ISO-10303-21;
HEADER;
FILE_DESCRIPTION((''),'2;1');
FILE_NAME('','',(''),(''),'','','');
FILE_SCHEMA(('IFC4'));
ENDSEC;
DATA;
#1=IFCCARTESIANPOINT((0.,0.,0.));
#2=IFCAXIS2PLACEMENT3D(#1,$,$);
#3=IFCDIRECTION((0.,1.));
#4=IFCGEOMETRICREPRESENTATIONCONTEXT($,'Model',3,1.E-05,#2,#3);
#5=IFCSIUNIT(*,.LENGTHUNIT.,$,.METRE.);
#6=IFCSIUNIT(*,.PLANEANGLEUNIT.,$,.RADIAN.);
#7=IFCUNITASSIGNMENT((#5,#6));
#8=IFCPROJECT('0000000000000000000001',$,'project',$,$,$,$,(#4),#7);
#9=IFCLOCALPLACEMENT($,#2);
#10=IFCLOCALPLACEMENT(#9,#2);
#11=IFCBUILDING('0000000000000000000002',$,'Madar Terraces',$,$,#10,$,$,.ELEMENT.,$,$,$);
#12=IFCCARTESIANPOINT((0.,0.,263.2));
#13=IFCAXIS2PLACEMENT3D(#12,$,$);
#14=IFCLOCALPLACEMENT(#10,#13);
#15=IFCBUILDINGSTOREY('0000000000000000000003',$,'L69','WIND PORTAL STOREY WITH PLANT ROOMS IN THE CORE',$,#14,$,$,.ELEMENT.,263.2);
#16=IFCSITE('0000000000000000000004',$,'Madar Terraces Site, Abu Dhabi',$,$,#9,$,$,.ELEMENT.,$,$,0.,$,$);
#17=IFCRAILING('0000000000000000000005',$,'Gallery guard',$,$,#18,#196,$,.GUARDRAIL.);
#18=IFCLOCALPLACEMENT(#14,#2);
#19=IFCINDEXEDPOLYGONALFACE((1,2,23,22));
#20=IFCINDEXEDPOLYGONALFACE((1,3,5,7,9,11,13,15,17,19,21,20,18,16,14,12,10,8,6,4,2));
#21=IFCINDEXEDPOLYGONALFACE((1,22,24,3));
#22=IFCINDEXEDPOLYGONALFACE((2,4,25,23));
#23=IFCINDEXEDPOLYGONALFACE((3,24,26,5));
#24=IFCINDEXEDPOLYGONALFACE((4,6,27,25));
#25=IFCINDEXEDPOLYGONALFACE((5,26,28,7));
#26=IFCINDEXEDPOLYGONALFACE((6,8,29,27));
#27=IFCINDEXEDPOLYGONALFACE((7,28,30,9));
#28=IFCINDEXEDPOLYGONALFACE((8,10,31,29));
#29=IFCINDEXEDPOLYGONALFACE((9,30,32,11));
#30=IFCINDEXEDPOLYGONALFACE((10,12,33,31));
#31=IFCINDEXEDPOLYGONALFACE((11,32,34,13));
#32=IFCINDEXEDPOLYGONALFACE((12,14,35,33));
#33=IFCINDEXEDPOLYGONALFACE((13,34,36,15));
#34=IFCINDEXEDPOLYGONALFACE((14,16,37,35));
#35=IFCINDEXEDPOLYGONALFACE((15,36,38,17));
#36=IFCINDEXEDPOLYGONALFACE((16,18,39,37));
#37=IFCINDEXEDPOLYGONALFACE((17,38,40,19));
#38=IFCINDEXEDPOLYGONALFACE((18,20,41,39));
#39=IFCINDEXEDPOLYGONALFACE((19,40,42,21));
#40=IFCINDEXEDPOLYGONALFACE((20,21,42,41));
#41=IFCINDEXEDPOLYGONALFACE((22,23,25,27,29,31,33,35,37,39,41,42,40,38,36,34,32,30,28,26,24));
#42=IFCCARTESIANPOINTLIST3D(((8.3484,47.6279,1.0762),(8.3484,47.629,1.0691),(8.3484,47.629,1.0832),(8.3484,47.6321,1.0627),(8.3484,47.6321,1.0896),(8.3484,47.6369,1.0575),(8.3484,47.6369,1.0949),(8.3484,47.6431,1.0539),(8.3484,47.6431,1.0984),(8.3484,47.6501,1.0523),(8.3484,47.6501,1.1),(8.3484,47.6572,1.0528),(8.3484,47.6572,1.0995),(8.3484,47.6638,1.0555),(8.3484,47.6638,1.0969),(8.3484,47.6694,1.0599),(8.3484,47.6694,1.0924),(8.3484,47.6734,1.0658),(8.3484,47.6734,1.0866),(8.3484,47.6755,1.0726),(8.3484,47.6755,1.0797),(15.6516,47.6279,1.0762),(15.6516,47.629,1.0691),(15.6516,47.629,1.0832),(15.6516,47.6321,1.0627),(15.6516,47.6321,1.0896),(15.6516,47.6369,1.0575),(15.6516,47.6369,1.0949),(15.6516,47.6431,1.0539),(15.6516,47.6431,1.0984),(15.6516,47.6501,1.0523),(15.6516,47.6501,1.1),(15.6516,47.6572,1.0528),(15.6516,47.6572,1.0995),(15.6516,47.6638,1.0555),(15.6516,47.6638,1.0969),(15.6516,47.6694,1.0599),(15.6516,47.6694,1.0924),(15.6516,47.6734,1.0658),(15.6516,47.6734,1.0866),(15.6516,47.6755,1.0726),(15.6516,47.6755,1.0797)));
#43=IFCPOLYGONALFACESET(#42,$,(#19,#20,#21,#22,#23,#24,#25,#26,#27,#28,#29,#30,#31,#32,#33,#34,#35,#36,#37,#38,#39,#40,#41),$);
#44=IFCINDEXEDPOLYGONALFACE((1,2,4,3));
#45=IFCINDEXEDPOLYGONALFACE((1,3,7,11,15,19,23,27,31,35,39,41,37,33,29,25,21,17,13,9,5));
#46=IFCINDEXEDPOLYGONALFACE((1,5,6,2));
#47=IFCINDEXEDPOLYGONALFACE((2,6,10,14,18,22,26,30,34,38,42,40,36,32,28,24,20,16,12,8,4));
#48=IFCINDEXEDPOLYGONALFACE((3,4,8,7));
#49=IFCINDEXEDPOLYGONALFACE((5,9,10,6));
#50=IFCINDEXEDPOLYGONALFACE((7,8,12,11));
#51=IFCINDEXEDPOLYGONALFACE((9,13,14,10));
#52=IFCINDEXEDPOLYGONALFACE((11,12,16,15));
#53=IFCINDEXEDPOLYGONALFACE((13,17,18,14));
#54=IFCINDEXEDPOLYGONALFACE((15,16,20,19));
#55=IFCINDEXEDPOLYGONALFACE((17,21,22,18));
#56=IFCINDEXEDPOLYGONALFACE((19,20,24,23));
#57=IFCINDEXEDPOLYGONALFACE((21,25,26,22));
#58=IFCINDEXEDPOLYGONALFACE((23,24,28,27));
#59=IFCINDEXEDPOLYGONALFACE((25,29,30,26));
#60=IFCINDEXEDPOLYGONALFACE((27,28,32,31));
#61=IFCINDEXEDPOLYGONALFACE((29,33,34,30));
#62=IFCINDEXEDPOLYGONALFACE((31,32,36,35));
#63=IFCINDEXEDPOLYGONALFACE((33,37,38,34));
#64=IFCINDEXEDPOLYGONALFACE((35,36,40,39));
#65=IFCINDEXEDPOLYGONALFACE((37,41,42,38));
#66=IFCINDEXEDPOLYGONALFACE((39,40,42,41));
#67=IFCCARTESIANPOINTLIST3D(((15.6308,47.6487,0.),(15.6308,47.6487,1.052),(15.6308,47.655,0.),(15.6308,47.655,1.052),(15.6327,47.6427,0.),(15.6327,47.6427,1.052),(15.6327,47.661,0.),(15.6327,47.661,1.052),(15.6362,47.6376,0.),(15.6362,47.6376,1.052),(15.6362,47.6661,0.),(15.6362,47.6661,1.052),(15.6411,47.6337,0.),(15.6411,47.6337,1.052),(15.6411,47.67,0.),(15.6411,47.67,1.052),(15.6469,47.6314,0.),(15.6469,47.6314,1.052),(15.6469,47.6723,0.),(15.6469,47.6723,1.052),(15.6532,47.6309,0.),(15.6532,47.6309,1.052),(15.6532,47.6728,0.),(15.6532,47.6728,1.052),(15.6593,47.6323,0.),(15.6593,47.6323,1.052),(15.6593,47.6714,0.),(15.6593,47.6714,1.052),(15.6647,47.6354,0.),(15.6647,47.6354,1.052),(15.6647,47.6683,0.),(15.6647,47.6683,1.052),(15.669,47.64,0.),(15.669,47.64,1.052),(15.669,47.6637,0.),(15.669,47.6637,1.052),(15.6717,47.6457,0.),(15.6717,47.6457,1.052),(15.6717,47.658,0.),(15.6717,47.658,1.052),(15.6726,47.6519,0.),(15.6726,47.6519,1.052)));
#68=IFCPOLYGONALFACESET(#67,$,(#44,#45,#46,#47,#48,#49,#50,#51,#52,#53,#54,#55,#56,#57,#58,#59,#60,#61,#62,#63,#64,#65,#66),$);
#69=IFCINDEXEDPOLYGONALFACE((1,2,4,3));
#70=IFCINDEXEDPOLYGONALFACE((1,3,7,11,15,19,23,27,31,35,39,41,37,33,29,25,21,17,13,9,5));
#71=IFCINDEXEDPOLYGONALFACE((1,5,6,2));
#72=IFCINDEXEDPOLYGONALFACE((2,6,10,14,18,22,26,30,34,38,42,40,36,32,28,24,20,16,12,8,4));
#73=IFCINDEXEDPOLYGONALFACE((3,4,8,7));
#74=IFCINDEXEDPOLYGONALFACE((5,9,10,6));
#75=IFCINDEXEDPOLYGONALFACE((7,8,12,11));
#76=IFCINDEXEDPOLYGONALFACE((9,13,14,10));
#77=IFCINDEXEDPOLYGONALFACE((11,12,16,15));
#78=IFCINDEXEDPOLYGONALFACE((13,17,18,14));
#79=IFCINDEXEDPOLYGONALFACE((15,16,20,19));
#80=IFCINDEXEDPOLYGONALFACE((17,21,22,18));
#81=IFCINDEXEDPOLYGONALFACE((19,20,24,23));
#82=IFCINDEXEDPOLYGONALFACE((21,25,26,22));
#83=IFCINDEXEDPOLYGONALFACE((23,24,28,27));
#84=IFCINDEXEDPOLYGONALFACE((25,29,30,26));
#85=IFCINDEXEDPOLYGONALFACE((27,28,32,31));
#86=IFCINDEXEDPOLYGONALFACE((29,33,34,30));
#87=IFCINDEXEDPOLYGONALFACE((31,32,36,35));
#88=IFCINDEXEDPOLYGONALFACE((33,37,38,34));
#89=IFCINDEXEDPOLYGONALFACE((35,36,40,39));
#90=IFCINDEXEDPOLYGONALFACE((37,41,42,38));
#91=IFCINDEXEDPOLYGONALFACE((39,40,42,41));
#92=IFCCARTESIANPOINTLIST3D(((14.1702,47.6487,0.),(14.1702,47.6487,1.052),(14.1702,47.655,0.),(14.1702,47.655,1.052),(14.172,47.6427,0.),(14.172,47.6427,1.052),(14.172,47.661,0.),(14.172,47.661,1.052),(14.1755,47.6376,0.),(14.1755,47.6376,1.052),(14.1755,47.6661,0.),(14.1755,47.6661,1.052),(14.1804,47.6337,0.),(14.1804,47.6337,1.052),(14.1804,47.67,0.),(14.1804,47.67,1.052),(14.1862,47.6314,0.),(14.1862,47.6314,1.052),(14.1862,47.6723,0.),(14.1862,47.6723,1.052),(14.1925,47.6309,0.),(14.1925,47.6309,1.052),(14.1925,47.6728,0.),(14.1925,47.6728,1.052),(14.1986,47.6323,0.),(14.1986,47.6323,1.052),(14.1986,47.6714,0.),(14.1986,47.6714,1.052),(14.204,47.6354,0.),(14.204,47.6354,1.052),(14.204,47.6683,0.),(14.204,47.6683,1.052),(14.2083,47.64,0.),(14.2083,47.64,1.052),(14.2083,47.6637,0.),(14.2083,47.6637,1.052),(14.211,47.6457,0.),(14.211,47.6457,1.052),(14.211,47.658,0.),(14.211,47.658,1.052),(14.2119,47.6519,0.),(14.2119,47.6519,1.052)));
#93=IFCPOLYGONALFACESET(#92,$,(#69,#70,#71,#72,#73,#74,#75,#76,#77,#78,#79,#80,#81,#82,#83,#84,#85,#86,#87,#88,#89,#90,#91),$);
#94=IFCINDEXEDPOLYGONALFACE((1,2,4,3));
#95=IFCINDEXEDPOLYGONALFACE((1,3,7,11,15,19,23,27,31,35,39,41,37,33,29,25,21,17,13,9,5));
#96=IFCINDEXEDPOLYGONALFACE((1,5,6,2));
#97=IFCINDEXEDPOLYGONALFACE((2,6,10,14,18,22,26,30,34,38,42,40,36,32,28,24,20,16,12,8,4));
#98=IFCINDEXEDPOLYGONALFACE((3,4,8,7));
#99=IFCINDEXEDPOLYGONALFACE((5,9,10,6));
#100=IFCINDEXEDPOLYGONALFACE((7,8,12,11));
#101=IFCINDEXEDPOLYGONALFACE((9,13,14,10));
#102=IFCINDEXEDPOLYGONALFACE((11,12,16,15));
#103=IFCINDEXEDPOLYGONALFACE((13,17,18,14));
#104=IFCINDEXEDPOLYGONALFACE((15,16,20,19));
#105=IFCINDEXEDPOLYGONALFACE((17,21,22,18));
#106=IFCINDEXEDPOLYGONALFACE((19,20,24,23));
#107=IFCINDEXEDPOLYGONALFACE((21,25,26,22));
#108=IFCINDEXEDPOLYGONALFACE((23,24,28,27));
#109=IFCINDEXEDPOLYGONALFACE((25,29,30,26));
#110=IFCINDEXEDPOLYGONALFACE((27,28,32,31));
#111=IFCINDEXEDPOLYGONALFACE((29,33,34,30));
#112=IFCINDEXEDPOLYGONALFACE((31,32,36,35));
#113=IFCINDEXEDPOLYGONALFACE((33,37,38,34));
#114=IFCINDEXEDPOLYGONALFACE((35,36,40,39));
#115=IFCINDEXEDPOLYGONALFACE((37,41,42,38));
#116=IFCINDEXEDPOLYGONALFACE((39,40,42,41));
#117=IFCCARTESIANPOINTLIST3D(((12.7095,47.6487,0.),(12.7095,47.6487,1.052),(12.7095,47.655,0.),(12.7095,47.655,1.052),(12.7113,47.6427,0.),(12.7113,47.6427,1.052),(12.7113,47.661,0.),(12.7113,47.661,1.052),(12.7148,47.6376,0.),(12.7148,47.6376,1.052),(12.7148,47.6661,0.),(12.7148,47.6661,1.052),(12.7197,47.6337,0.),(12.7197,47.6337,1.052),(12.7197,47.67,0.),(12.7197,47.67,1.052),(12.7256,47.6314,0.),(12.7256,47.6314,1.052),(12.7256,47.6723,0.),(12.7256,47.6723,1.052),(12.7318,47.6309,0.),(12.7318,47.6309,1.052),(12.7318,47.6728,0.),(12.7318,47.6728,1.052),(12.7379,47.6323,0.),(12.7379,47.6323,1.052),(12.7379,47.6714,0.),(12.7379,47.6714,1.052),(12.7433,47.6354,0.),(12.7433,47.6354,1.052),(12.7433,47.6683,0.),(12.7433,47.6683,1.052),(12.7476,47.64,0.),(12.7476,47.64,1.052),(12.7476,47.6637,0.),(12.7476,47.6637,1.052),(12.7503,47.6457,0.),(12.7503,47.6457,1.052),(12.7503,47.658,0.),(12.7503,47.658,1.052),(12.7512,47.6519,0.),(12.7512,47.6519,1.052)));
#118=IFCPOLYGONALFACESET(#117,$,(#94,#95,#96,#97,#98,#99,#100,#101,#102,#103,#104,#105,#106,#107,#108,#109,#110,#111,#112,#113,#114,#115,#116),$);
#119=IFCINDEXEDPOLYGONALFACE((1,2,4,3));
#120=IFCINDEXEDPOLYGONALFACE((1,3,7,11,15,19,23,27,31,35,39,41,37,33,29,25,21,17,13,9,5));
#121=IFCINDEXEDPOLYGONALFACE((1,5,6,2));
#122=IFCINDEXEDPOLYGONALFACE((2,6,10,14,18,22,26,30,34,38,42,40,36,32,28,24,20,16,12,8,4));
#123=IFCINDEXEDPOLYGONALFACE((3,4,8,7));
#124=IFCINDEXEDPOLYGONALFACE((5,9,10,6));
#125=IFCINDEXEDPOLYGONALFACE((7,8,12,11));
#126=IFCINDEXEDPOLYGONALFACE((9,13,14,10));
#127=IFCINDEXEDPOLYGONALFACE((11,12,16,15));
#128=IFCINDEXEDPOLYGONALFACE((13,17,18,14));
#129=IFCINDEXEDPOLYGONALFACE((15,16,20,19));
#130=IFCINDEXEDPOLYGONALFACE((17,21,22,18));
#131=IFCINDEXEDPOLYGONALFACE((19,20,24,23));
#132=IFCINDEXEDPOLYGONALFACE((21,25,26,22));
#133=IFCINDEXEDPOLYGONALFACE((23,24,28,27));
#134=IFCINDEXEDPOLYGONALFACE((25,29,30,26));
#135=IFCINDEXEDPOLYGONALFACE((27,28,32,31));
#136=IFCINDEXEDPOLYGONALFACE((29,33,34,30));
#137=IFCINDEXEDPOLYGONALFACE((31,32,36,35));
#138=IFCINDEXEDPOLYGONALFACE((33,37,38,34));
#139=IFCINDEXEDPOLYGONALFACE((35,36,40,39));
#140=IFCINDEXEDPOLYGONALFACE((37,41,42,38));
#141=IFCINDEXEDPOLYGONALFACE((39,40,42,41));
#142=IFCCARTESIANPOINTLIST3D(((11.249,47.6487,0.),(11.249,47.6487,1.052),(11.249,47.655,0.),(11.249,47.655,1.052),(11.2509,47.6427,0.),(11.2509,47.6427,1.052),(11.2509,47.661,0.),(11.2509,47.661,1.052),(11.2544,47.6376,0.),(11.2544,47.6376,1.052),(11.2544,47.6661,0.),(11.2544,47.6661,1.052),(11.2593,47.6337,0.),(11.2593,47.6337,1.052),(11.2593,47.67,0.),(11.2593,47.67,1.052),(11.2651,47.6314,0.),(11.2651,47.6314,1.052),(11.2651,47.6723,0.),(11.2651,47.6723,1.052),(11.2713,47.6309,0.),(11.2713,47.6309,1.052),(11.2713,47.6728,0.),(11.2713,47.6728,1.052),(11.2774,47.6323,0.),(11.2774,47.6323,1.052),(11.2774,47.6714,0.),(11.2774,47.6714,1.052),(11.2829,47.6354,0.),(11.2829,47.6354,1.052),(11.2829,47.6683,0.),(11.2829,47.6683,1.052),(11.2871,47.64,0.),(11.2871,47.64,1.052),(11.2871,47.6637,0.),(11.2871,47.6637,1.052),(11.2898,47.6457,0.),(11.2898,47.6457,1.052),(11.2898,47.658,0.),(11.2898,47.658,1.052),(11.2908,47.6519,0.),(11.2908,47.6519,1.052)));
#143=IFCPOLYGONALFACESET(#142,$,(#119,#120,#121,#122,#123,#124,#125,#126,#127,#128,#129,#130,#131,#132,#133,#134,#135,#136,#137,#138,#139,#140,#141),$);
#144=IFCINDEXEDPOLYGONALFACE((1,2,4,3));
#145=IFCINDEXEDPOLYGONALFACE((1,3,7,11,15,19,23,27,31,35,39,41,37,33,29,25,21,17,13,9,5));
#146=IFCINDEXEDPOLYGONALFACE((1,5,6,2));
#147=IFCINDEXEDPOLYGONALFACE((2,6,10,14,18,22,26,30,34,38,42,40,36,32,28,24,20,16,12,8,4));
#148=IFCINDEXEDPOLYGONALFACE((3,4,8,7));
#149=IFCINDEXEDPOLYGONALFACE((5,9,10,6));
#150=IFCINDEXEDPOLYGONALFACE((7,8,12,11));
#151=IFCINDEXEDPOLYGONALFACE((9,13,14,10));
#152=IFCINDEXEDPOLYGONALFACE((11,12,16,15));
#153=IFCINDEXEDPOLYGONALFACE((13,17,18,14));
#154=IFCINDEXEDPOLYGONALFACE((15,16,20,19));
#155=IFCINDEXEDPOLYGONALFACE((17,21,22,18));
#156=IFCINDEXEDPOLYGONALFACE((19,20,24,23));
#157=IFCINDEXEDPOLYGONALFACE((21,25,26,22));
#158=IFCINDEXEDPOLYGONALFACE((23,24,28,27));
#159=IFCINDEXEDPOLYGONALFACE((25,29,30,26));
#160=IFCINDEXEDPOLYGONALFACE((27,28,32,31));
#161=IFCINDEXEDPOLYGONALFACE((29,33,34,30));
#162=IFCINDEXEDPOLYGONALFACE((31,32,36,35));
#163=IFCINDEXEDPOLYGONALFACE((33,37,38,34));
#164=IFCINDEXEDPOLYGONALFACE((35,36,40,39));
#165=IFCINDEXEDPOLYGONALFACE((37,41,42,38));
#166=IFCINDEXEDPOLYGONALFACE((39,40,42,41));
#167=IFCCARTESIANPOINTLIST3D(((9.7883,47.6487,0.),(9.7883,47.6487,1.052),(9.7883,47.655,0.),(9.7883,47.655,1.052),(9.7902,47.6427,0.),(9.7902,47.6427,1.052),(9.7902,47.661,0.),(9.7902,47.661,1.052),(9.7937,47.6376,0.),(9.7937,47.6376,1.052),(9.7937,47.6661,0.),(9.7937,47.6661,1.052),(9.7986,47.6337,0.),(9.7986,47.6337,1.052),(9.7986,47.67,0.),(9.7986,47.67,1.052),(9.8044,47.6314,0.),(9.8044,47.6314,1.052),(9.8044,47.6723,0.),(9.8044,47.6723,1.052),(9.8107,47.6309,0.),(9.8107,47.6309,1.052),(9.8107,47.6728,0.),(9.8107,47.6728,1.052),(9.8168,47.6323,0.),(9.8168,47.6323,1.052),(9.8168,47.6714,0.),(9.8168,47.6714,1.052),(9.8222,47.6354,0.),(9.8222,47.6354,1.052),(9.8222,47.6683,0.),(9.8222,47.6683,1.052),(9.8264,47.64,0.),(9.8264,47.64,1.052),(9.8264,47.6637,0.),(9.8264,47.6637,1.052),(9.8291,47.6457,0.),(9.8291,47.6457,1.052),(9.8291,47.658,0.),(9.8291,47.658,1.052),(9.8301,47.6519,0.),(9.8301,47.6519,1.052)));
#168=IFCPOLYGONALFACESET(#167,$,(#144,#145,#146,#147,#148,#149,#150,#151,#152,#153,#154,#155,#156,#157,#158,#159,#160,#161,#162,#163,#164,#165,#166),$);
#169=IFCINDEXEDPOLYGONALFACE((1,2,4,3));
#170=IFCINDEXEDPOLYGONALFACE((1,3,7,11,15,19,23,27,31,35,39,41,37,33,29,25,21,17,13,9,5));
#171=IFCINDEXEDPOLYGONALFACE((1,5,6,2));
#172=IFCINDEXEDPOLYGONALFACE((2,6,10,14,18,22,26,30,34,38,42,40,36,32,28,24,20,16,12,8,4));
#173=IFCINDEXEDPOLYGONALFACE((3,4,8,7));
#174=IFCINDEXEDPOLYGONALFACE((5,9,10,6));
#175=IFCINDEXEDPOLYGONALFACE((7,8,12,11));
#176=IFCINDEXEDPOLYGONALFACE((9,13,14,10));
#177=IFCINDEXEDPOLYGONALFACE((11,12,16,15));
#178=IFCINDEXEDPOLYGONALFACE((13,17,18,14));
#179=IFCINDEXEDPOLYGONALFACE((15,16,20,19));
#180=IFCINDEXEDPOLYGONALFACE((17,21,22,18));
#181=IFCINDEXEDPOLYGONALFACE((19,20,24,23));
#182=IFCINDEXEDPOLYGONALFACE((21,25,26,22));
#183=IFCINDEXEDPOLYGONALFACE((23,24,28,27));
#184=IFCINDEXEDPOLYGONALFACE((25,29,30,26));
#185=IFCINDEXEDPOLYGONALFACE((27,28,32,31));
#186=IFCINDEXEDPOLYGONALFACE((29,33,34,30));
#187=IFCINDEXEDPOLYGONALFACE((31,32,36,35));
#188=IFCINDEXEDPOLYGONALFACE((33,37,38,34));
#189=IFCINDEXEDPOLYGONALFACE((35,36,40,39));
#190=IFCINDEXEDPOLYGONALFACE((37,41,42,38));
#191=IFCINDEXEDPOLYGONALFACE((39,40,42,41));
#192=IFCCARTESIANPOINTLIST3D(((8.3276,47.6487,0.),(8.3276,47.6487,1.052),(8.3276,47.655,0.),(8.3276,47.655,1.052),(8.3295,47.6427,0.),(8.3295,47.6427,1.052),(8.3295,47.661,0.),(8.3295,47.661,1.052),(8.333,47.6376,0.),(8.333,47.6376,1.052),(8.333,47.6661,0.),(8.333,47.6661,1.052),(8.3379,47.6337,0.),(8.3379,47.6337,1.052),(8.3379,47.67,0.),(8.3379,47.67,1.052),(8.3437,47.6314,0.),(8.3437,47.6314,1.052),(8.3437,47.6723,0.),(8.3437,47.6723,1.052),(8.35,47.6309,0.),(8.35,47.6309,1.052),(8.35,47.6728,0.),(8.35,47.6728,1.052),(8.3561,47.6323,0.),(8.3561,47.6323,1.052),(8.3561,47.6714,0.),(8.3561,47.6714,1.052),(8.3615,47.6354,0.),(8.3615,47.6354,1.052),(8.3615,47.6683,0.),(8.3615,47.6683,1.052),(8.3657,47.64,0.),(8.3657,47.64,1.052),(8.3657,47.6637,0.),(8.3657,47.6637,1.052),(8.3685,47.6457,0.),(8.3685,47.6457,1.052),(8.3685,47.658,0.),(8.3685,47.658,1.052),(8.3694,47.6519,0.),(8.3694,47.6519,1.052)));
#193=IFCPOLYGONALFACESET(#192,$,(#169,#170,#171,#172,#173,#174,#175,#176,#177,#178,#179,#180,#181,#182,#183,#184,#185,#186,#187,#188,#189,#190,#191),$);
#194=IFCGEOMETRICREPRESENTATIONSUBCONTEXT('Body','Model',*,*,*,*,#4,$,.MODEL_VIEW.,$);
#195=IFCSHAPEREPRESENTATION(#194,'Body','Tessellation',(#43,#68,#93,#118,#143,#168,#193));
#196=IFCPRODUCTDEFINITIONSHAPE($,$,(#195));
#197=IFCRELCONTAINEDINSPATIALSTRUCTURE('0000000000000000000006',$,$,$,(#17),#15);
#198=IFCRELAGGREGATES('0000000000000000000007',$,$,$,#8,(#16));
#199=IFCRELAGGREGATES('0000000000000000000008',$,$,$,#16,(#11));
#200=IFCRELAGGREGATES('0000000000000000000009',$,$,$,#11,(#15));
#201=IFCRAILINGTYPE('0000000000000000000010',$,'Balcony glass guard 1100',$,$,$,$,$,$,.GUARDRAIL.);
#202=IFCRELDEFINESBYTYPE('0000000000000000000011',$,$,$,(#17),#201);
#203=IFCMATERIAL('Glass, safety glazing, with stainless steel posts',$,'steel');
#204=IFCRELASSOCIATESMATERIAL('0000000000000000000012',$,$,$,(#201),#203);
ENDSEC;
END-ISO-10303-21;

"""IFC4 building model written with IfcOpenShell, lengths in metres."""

from ifc_helpers import new_model, si_unit, direction, frame, origin, origin_2d, place, context, subcontext, project, spatial, circle, extrude, material, type_object, element, save


model = new_model("IFC4")

# Units and contexts
model_context = context("Model", 3, precision=1e-05, world=origin(), true_north=direction((0.0, 1.0)))
body_context = subcontext(model_context, "Body", "Model", "MODEL_VIEW")
ifc_project = project(units=[si_unit("LENGTHUNIT", "METRE"), si_unit("PLANEANGLEUNIT", "RADIAN")], contexts=[model_context])

# Site, building, storey
site_placement = place(None, origin())
site = spatial("IfcSite", under=ifc_project, at=site_placement, Name="Madar Terraces Site, Abu Dhabi", CompositionType="ELEMENT", RefElevation=0.0)
building_placement = place(site_placement, origin())
building = spatial("IfcBuilding", under=site, at=building_placement, Name="Madar Terraces", CompositionType="ELEMENT")
storey_placement = place(building_placement, frame((0.0, 0.0, 263.2)))
storey = spatial("IfcBuildingStorey", under=building, at=storey_placement, Name="L69", Description="WIND PORTAL STOREY WITH PLANT ROOMS IN THE CORE", CompositionType="ELEMENT", Elevation=263.2)

# Railing
ifc_material_1 = material(Name="Glass, safety glazing, with stainless steel posts", Category="steel")
railing_type = type_object("IfcRailingType", Name="Balcony glass guard 1100", PredefinedType="GUARDRAIL", material=ifc_material_1)
for number, where, name in (
    (1, (15.6516, 47.6519, 0.0), "Gallery guard"),
):
    element("IfcRailing", number, at=place(storey_placement, frame(where)), inside=storey, type_object=railing_type, Name=name, PredefinedType="GUARDRAIL", context=body_context, shape_type="SweptSolid", body=[
        extrude(circle(Radius=0.0239, at=origin_2d()), frame((0.0, 0.0, 1.0762), z_axis=(-1.0, 0.0, 0.0), x_axis=(0.0, -1.0, 0.0)), (0.0, 0.0, 1.0), 7.3032),
        extrude(circle(Radius=0.021, at=origin_2d()), origin(), (0.0, 0.0, 1.0), 1.052),
        extrude(circle(Radius=0.021, at=origin_2d()), frame((-1.4607, 0.0, 0.0)), (0.0, 0.0, 1.0), 1.052),
        extrude(circle(Radius=0.021, at=origin_2d()), frame((-2.9214, 0.0, 0.0)), (0.0, 0.0, 1.0), 1.052),
        extrude(circle(Radius=0.021, at=origin_2d()), frame((-4.3818, 0.0, 0.0)), (0.0, 0.0, 1.0), 1.052),
        extrude(circle(Radius=0.021, at=origin_2d()), frame((-5.8425, 0.0, 0.0)), (0.0, 0.0, 1.0), 1.052),
        extrude(circle(Radius=0.021, at=origin_2d()), frame((-7.3032, 0.0, 0.0)), (0.0, 0.0, 1.0), 1.052),
    ])

save(model, "model.ifc")
